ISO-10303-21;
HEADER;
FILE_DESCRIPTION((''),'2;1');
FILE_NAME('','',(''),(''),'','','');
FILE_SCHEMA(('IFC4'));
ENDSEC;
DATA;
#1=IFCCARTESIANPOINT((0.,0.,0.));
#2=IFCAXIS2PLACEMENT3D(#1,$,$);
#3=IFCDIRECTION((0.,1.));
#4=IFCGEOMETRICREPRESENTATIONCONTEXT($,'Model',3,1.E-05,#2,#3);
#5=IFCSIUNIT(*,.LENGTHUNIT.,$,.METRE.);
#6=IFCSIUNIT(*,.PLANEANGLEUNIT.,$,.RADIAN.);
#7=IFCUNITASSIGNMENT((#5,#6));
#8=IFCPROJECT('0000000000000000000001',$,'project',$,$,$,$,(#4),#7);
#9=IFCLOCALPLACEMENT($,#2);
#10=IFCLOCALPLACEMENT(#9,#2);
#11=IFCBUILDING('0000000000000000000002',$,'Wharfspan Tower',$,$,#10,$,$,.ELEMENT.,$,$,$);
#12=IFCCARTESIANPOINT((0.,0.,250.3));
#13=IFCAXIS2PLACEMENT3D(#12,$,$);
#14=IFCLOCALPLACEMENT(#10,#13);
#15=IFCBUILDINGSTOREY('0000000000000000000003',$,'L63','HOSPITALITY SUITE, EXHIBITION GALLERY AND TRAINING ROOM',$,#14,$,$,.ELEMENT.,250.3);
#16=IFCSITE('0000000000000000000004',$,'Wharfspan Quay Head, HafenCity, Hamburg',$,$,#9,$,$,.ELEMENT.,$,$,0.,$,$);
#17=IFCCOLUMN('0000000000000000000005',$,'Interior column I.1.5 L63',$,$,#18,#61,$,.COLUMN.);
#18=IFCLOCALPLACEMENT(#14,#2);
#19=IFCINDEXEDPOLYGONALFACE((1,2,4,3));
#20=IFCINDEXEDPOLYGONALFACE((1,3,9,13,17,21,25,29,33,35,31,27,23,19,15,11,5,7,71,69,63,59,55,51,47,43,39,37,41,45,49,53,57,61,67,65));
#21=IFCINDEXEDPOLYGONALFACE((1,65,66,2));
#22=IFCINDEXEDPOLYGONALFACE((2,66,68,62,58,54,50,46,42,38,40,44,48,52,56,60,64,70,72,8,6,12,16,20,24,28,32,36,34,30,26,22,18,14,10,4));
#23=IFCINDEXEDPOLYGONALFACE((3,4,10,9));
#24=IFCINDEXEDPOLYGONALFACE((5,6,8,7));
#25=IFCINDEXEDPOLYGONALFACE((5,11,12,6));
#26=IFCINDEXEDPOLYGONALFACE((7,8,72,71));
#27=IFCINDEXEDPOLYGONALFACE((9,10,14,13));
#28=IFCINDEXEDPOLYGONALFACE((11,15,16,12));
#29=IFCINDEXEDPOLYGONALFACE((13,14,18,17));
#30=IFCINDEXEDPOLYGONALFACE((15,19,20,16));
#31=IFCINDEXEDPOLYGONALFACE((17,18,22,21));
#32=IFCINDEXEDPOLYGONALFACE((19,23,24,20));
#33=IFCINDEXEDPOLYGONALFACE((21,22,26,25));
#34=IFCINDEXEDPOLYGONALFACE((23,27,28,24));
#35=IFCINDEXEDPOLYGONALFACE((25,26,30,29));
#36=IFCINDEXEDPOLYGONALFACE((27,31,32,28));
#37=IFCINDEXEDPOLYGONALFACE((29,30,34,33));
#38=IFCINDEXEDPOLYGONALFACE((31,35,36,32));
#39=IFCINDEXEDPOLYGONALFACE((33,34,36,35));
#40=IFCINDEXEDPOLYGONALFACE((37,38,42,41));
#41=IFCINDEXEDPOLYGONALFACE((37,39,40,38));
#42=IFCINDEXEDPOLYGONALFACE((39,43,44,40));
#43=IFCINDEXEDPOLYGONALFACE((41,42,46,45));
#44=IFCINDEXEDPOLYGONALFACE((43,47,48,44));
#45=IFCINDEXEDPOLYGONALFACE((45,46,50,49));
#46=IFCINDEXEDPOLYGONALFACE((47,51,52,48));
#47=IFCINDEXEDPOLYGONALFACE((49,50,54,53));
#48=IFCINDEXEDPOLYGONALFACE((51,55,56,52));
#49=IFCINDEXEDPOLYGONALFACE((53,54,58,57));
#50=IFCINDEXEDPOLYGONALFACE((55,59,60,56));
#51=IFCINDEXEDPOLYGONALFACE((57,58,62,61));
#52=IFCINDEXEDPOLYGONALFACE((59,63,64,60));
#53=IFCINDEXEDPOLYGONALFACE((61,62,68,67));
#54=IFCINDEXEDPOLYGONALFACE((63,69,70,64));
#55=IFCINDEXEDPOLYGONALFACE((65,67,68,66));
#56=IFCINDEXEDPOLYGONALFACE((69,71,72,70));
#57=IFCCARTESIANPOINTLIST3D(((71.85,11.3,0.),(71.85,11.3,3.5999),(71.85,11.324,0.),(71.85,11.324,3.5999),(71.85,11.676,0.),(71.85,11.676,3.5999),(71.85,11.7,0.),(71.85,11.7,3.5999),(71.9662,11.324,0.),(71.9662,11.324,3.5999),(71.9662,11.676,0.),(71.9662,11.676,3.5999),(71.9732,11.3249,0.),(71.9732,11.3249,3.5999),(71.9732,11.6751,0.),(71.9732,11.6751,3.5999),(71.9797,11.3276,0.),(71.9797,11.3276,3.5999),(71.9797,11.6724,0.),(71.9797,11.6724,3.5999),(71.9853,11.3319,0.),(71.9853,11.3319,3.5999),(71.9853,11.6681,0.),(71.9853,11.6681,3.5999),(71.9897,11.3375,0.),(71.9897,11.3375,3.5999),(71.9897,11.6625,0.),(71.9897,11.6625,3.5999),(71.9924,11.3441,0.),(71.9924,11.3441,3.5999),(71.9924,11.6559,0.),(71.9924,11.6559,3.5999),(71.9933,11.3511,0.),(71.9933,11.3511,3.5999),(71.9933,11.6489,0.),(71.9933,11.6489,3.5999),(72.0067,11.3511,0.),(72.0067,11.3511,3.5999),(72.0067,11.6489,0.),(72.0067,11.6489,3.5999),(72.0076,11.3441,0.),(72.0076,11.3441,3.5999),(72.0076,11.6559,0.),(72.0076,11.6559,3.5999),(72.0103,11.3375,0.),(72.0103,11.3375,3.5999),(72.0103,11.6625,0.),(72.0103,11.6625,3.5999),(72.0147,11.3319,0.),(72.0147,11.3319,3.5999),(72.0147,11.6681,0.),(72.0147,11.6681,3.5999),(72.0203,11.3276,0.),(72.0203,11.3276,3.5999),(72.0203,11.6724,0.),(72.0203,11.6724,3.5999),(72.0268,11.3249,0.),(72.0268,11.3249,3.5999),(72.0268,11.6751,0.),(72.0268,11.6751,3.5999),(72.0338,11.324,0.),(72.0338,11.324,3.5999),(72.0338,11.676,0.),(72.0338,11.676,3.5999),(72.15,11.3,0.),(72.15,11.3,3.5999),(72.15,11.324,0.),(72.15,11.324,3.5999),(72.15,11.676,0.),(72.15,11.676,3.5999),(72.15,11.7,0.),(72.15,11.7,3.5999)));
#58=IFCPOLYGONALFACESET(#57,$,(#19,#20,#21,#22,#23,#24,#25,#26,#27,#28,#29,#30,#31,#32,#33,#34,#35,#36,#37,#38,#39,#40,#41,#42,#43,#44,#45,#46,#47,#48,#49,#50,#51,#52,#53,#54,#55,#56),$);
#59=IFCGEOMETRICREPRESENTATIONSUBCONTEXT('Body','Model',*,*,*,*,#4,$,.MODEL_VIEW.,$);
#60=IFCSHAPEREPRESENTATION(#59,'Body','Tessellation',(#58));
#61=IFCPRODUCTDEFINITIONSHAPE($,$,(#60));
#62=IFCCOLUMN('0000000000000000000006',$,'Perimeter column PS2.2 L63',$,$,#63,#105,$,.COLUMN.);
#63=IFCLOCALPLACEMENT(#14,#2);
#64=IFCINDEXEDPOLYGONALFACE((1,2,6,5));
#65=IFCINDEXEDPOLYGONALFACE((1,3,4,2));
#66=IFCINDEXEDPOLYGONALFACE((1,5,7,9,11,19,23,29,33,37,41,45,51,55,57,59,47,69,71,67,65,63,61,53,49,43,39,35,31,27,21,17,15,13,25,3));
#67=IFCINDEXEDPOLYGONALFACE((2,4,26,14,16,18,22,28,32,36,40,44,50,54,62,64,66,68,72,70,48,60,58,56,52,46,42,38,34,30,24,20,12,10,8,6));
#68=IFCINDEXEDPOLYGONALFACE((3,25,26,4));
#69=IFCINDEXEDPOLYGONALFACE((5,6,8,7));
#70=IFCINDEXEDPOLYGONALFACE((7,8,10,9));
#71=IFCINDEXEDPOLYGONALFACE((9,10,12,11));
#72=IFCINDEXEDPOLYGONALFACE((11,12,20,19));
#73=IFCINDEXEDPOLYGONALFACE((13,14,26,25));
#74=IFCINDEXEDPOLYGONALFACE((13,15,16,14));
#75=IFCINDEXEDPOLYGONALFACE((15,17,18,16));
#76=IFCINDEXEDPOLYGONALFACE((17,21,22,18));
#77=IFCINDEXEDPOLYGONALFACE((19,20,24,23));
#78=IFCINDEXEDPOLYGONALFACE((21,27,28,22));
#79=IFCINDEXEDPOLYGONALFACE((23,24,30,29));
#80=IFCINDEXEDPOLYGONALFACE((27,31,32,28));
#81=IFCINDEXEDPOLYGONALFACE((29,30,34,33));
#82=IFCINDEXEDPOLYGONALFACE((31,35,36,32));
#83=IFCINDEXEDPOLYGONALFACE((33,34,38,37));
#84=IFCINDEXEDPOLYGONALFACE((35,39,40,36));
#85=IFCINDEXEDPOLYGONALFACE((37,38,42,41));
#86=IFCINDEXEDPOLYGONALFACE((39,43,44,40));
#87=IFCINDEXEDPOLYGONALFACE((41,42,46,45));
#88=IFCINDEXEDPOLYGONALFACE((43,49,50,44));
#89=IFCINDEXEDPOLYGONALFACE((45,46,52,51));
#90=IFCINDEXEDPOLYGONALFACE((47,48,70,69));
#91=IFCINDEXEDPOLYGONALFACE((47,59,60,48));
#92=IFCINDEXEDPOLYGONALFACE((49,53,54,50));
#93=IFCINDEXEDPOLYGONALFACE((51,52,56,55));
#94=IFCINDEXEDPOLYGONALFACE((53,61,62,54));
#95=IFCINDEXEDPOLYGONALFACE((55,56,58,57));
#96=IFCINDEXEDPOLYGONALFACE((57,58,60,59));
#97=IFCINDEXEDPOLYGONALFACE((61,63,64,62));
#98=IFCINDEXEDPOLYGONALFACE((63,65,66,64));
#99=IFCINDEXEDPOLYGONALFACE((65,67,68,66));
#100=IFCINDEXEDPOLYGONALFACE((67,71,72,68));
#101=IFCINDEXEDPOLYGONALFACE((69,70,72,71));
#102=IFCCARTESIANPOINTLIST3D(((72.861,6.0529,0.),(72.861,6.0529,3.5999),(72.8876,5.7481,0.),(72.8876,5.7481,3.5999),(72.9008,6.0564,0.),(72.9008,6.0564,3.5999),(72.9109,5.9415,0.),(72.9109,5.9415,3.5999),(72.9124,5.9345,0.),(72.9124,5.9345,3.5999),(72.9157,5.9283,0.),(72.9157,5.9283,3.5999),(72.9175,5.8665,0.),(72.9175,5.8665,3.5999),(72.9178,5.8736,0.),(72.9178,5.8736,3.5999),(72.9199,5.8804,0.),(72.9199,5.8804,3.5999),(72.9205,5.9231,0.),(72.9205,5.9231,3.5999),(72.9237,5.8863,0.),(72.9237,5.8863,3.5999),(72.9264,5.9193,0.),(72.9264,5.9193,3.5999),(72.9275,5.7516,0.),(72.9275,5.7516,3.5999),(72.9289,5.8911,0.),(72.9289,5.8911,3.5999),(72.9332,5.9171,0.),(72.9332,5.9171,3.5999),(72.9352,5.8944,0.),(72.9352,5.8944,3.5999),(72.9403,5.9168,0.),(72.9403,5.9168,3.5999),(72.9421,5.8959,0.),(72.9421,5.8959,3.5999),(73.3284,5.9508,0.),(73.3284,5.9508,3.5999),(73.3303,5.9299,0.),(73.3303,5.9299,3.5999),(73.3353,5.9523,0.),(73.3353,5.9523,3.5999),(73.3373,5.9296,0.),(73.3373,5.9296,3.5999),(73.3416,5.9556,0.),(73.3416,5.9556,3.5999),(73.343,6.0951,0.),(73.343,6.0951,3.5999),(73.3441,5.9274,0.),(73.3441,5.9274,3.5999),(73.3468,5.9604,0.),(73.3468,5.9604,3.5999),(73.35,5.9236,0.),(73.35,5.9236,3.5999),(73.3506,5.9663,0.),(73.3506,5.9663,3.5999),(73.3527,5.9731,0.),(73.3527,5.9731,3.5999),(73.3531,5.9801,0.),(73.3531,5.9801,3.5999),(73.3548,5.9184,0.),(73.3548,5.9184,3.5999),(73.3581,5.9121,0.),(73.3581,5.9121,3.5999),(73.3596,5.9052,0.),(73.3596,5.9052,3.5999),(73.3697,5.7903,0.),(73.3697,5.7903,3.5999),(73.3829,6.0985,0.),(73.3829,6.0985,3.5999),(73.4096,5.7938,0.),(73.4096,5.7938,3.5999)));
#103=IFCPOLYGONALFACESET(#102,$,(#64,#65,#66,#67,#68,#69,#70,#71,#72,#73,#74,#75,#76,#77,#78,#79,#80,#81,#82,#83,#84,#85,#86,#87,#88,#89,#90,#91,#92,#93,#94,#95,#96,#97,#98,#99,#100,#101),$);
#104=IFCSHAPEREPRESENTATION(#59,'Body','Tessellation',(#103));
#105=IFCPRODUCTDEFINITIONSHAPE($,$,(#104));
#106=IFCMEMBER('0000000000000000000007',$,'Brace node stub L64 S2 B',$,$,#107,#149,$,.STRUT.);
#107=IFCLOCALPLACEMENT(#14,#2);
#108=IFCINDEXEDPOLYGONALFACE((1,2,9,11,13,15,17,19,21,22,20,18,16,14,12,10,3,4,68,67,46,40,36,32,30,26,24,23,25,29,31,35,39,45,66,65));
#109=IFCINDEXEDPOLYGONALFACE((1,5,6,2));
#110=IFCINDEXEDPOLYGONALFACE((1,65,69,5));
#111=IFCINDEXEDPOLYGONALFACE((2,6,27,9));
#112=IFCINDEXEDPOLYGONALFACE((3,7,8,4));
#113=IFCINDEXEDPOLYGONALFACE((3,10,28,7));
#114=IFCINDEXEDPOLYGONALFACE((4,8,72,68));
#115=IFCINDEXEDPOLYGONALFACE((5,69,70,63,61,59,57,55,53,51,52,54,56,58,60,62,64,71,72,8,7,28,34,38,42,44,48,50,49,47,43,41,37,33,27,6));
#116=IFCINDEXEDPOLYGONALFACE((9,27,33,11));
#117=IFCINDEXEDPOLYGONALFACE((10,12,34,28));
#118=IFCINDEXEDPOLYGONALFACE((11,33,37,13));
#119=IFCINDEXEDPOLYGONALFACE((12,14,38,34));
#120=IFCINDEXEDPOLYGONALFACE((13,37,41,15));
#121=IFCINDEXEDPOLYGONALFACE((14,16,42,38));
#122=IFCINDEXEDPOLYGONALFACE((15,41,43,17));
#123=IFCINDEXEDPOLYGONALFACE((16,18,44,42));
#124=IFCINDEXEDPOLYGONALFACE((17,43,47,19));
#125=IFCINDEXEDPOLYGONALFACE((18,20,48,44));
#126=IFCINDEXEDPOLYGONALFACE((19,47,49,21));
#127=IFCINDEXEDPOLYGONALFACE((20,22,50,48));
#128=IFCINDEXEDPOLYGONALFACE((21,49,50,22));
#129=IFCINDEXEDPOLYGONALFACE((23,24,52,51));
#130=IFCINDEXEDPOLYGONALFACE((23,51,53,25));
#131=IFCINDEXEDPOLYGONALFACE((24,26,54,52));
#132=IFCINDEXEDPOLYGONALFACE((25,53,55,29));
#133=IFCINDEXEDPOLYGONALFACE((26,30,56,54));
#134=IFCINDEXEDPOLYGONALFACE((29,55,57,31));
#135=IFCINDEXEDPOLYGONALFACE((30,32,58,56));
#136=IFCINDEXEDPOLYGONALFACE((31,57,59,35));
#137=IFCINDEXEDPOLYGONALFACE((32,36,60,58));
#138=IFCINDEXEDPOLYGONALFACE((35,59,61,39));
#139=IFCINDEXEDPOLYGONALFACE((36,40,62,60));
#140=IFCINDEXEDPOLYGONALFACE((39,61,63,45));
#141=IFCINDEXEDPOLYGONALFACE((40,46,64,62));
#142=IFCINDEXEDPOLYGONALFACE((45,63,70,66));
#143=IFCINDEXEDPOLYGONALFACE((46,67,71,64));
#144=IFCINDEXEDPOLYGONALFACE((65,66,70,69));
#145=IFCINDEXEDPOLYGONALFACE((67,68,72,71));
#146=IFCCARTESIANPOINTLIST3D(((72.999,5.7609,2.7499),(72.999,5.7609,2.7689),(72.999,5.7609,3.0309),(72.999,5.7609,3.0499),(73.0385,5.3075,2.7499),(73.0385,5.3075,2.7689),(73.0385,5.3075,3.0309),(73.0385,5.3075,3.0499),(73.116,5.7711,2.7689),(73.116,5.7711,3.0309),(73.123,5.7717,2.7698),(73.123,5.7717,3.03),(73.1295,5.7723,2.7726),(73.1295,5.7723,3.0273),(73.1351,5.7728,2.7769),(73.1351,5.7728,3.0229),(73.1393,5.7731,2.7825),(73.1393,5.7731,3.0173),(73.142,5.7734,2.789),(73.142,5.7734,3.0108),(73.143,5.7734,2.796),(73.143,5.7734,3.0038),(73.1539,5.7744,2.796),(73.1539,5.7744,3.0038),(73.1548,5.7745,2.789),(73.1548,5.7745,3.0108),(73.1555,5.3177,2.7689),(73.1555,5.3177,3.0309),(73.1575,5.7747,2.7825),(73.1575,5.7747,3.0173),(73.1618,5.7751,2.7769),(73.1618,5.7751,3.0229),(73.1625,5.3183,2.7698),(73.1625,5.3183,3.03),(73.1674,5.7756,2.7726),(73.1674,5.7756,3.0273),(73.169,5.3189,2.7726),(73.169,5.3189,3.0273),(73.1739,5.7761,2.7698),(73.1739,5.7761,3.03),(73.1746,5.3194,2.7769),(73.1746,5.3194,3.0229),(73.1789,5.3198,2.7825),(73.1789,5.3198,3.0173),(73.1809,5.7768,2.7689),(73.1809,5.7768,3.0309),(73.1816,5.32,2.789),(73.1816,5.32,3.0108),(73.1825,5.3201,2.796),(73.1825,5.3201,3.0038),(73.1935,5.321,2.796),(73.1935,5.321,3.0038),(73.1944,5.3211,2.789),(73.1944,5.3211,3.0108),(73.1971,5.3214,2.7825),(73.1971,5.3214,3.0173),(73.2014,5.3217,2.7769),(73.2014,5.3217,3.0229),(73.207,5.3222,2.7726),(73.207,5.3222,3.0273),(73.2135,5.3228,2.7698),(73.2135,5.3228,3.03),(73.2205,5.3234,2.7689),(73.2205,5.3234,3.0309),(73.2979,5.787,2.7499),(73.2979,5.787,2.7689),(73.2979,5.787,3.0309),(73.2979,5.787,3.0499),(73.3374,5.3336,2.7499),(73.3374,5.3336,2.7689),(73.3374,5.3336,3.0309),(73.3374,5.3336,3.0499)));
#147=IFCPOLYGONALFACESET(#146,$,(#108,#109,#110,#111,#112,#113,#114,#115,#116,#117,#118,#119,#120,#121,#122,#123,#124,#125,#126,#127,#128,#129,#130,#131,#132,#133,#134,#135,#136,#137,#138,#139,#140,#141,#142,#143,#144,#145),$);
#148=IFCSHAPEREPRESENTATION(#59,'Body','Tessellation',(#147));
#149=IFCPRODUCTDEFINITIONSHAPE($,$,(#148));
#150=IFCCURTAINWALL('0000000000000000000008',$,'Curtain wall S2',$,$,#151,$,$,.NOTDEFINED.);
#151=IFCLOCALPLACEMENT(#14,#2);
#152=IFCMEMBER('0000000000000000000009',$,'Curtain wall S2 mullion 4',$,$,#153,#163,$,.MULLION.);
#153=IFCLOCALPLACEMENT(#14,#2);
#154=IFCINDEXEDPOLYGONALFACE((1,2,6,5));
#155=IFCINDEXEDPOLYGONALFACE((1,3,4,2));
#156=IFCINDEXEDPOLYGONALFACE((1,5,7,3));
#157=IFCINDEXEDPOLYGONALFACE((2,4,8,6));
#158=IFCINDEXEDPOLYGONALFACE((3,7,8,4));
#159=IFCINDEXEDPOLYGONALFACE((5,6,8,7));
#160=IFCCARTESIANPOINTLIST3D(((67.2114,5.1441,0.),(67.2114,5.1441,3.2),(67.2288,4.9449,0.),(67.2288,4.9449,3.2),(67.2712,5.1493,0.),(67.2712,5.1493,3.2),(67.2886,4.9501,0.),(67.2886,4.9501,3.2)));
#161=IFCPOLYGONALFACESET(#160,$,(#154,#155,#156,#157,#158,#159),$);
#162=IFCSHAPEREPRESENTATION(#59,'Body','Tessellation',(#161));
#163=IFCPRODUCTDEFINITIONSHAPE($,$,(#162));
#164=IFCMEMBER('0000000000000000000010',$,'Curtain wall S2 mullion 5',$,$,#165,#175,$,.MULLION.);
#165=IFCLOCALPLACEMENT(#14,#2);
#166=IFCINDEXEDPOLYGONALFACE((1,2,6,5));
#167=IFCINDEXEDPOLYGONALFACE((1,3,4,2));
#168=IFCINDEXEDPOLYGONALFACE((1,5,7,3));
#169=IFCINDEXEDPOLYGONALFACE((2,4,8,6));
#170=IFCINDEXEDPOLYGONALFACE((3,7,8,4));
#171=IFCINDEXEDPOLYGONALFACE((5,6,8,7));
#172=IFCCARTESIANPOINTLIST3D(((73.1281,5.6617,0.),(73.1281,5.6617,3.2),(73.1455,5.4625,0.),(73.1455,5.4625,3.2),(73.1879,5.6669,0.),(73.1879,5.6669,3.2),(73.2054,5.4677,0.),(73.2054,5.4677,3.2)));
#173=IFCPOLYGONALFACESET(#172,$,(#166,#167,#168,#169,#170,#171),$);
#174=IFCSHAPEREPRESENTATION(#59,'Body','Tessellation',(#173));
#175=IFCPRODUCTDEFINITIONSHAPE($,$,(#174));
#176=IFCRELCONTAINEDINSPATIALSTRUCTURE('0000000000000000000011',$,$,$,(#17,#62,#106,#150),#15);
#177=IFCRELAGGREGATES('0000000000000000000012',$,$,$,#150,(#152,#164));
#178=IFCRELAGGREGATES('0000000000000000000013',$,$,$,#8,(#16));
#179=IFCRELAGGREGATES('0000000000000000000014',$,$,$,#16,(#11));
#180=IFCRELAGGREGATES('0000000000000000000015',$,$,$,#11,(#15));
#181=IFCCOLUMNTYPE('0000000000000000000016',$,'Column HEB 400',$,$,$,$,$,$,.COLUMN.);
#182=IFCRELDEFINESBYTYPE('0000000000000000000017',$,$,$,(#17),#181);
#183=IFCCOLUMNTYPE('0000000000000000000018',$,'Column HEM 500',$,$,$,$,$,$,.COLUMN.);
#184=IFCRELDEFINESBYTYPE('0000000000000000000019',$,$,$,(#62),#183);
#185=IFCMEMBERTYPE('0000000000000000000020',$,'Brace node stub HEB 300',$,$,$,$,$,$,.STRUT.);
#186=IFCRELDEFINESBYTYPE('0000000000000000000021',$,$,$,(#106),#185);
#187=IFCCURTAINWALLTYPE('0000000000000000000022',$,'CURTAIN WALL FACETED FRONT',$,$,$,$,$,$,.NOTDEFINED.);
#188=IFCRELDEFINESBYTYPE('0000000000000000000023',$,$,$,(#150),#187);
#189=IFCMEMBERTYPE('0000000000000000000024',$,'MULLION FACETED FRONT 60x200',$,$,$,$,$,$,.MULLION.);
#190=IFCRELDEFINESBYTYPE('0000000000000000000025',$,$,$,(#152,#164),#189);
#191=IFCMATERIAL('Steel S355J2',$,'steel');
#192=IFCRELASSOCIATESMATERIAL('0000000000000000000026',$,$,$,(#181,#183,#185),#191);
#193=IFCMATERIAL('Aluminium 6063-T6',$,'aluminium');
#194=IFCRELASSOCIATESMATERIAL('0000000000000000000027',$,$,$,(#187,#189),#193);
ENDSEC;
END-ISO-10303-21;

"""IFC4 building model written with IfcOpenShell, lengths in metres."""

from ifc_helpers import new_model, si_unit, direction, frame, origin, origin_2d, place, context, subcontext, project, spatial, rectangle, i_section, extrude, material, material_profile, profile_set, type_object, element, aggregate, save


model = new_model("IFC4")

# Units and contexts
model_context = context("Model", 3, precision=1e-05, world=origin(), true_north=direction((0.0, 1.0)))
body_context = subcontext(model_context, "Body", "Model", "MODEL_VIEW")
ifc_project = project(units=[si_unit("LENGTHUNIT", "METRE"), si_unit("PLANEANGLEUNIT", "RADIAN")], contexts=[model_context])

# Site, building, storey
site_placement = place(None, origin())
site = spatial("IfcSite", under=ifc_project, at=site_placement, Name="Wharfspan Quay Head, HafenCity, Hamburg", CompositionType="ELEMENT", RefElevation=0.0)
building_placement = place(site_placement, origin())
building = spatial("IfcBuilding", under=site, at=building_placement, Name="Wharfspan Tower", CompositionType="ELEMENT")
storey_placement = place(building_placement, frame((0.0, 0.0, 250.3)))
storey = spatial("IfcBuildingStorey", under=building, at=storey_placement, Name="L63", Description="HOSPITALITY SUITE, EXHIBITION GALLERY AND TRAINING ROOM", CompositionType="ELEMENT", Elevation=250.3)

# Columns
ifc_material_1 = material(Name="Steel S355J2", Category="steel")
ifc_material_profile_1 = material_profile(ifc_material_1, i_section(OverallWidth=0.3, OverallDepth=0.3999, WebThickness=0.0134, FlangeThickness=0.0239, FilletRadius=0.0271, at=origin_2d()))
ifc_profile_set_1 = profile_set([ifc_material_profile_1], Name="Steel S355J2")
column_type_1 = type_object("IfcColumnType", Name="Column HEB 400", PredefinedType="COLUMN", material=ifc_profile_set_1)
column_1_placement = place(storey_placement, frame((72.0, 11.5, 0.0), z_axis=(0.0, 0.0, 1.0), x_axis=(1.0, 0.0, 0.0)))
element("IfcColumn", 1, at=column_1_placement, inside=storey, type_object=column_type_1, Name="Interior column I.1.5 L63", PredefinedType="COLUMN", context=body_context, shape_type="SweptSolid", body=[
    extrude(i_section(OverallWidth=0.3, OverallDepth=0.3999, WebThickness=0.0134, FlangeThickness=0.0239, FilletRadius=0.0271, at=origin_2d()), origin(), (0.0, 0.0, 1.0), 3.5999),
])
ifc_material_profile_2 = material_profile(ifc_material_1, i_section(OverallWidth=0.3059, OverallDepth=0.5239, WebThickness=0.021, FlangeThickness=0.04, FilletRadius=0.0271, at=origin_2d()))
ifc_profile_set_2 = profile_set([ifc_material_profile_2], Name="Steel S355J2")
column_type_2 = type_object("IfcColumnType", Name="Column HEM 500", PredefinedType="COLUMN", material=ifc_profile_set_2)
column_2_placement = place(storey_placement, frame((73.1353, 5.9233, 0.0), z_axis=(0.0, 0.0, 1.0), x_axis=(0.087156, -0.996197, 0.0)))
element("IfcColumn", 2, at=column_2_placement, inside=storey, type_object=column_type_2, Name="Perimeter column PS2.2 L63", PredefinedType="COLUMN", context=body_context, shape_type="SweptSolid", body=[
    extrude(i_section(OverallWidth=0.3059, OverallDepth=0.5239, WebThickness=0.021, FlangeThickness=0.04, FilletRadius=0.0271, at=origin_2d()), origin(), (0.0, 0.0, 1.0), 3.5999),
])

# Member
ifc_material_profile_3 = material_profile(ifc_material_1, i_section(OverallWidth=0.3, OverallDepth=0.3, WebThickness=0.011, FlangeThickness=0.019, FilletRadius=0.0271, at=origin_2d()))
ifc_profile_set_3 = profile_set([ifc_material_profile_3], Name="Steel S355J2")
member_type_1 = type_object("IfcMemberType", Name="Brace node stub HEB 300", PredefinedType="STRUT", material=ifc_profile_set_3)
member_1_placement = place(storey_placement, frame((73.1484, 5.7739, 2.8999), z_axis=(0.086907, -0.996216, 0.0), x_axis=(0.996216, 0.086907, 0.0)))
element("IfcMember", 3, at=member_1_placement, inside=storey, type_object=member_type_1, Name="Brace node stub L64 S2 B", PredefinedType="STRUT", context=body_context, shape_type="SweptSolid", body=[
    extrude(i_section(OverallWidth=0.3, OverallDepth=0.3, WebThickness=0.011, FlangeThickness=0.019, FilletRadius=0.0271, at=origin_2d()), origin(), (0.0, 0.0, 1.0), 0.4551),
])

# Curtain wall, members
ifc_material_2 = material(Name="Aluminium 6063-T6", Category="aluminium")
curtain_wall_type = type_object("IfcCurtainWallType", Name="CURTAIN WALL FACETED FRONT", PredefinedType="NOTDEFINED", material=ifc_material_2)
curtain_wall_placement = place(storey_placement, origin())
curtain_wall = element("IfcCurtainWall", 4, at=curtain_wall_placement, inside=storey, type_object=curtain_wall_type, Name="Curtain wall S2", PredefinedType="NOTDEFINED")
ifc_material_profile_4 = material_profile(ifc_material_2, rectangle(XDim=0.2, YDim=0.0601, at=origin_2d()))
ifc_profile_set_4 = profile_set([ifc_material_profile_4], Name="Aluminium 6063-T6")
member_type_2 = type_object("IfcMemberType", Name="MULLION FACETED FRONT 60x200", PredefinedType="MULLION", material=ifc_profile_set_4)
member_2_placement = place(storey_placement, frame((67.25, 5.0471, 0.0), z_axis=(0.0, 0.0, 1.0), x_axis=(-0.087156, 0.996197, 0.0)))
member_2 = element("IfcMember", 5, at=member_2_placement, type_object=member_type_2, Name="Curtain wall S2 mullion 4", PredefinedType="MULLION", context=body_context, shape_type="SweptSolid", body=[
    extrude(rectangle(XDim=0.2, YDim=0.0601, at=origin_2d()), origin(), (0.0, 0.0, 1.0), 3.2),
])
member_3_placement = place(storey_placement, frame((73.1667, 5.5647, 0.0), z_axis=(0.0, 0.0, 1.0), x_axis=(-0.087156, 0.996197, 0.0)))
member_3 = element("IfcMember", 6, at=member_3_placement, type_object=member_type_2, Name="Curtain wall S2 mullion 5", PredefinedType="MULLION", context=body_context, shape_type="SweptSolid", body=[
    extrude(rectangle(XDim=0.2, YDim=0.0601, at=origin_2d()), origin(), (0.0, 0.0, 1.0), 3.2),
])

aggregate(curtain_wall, [member_2, member_3])

save(model, "model.ifc")
